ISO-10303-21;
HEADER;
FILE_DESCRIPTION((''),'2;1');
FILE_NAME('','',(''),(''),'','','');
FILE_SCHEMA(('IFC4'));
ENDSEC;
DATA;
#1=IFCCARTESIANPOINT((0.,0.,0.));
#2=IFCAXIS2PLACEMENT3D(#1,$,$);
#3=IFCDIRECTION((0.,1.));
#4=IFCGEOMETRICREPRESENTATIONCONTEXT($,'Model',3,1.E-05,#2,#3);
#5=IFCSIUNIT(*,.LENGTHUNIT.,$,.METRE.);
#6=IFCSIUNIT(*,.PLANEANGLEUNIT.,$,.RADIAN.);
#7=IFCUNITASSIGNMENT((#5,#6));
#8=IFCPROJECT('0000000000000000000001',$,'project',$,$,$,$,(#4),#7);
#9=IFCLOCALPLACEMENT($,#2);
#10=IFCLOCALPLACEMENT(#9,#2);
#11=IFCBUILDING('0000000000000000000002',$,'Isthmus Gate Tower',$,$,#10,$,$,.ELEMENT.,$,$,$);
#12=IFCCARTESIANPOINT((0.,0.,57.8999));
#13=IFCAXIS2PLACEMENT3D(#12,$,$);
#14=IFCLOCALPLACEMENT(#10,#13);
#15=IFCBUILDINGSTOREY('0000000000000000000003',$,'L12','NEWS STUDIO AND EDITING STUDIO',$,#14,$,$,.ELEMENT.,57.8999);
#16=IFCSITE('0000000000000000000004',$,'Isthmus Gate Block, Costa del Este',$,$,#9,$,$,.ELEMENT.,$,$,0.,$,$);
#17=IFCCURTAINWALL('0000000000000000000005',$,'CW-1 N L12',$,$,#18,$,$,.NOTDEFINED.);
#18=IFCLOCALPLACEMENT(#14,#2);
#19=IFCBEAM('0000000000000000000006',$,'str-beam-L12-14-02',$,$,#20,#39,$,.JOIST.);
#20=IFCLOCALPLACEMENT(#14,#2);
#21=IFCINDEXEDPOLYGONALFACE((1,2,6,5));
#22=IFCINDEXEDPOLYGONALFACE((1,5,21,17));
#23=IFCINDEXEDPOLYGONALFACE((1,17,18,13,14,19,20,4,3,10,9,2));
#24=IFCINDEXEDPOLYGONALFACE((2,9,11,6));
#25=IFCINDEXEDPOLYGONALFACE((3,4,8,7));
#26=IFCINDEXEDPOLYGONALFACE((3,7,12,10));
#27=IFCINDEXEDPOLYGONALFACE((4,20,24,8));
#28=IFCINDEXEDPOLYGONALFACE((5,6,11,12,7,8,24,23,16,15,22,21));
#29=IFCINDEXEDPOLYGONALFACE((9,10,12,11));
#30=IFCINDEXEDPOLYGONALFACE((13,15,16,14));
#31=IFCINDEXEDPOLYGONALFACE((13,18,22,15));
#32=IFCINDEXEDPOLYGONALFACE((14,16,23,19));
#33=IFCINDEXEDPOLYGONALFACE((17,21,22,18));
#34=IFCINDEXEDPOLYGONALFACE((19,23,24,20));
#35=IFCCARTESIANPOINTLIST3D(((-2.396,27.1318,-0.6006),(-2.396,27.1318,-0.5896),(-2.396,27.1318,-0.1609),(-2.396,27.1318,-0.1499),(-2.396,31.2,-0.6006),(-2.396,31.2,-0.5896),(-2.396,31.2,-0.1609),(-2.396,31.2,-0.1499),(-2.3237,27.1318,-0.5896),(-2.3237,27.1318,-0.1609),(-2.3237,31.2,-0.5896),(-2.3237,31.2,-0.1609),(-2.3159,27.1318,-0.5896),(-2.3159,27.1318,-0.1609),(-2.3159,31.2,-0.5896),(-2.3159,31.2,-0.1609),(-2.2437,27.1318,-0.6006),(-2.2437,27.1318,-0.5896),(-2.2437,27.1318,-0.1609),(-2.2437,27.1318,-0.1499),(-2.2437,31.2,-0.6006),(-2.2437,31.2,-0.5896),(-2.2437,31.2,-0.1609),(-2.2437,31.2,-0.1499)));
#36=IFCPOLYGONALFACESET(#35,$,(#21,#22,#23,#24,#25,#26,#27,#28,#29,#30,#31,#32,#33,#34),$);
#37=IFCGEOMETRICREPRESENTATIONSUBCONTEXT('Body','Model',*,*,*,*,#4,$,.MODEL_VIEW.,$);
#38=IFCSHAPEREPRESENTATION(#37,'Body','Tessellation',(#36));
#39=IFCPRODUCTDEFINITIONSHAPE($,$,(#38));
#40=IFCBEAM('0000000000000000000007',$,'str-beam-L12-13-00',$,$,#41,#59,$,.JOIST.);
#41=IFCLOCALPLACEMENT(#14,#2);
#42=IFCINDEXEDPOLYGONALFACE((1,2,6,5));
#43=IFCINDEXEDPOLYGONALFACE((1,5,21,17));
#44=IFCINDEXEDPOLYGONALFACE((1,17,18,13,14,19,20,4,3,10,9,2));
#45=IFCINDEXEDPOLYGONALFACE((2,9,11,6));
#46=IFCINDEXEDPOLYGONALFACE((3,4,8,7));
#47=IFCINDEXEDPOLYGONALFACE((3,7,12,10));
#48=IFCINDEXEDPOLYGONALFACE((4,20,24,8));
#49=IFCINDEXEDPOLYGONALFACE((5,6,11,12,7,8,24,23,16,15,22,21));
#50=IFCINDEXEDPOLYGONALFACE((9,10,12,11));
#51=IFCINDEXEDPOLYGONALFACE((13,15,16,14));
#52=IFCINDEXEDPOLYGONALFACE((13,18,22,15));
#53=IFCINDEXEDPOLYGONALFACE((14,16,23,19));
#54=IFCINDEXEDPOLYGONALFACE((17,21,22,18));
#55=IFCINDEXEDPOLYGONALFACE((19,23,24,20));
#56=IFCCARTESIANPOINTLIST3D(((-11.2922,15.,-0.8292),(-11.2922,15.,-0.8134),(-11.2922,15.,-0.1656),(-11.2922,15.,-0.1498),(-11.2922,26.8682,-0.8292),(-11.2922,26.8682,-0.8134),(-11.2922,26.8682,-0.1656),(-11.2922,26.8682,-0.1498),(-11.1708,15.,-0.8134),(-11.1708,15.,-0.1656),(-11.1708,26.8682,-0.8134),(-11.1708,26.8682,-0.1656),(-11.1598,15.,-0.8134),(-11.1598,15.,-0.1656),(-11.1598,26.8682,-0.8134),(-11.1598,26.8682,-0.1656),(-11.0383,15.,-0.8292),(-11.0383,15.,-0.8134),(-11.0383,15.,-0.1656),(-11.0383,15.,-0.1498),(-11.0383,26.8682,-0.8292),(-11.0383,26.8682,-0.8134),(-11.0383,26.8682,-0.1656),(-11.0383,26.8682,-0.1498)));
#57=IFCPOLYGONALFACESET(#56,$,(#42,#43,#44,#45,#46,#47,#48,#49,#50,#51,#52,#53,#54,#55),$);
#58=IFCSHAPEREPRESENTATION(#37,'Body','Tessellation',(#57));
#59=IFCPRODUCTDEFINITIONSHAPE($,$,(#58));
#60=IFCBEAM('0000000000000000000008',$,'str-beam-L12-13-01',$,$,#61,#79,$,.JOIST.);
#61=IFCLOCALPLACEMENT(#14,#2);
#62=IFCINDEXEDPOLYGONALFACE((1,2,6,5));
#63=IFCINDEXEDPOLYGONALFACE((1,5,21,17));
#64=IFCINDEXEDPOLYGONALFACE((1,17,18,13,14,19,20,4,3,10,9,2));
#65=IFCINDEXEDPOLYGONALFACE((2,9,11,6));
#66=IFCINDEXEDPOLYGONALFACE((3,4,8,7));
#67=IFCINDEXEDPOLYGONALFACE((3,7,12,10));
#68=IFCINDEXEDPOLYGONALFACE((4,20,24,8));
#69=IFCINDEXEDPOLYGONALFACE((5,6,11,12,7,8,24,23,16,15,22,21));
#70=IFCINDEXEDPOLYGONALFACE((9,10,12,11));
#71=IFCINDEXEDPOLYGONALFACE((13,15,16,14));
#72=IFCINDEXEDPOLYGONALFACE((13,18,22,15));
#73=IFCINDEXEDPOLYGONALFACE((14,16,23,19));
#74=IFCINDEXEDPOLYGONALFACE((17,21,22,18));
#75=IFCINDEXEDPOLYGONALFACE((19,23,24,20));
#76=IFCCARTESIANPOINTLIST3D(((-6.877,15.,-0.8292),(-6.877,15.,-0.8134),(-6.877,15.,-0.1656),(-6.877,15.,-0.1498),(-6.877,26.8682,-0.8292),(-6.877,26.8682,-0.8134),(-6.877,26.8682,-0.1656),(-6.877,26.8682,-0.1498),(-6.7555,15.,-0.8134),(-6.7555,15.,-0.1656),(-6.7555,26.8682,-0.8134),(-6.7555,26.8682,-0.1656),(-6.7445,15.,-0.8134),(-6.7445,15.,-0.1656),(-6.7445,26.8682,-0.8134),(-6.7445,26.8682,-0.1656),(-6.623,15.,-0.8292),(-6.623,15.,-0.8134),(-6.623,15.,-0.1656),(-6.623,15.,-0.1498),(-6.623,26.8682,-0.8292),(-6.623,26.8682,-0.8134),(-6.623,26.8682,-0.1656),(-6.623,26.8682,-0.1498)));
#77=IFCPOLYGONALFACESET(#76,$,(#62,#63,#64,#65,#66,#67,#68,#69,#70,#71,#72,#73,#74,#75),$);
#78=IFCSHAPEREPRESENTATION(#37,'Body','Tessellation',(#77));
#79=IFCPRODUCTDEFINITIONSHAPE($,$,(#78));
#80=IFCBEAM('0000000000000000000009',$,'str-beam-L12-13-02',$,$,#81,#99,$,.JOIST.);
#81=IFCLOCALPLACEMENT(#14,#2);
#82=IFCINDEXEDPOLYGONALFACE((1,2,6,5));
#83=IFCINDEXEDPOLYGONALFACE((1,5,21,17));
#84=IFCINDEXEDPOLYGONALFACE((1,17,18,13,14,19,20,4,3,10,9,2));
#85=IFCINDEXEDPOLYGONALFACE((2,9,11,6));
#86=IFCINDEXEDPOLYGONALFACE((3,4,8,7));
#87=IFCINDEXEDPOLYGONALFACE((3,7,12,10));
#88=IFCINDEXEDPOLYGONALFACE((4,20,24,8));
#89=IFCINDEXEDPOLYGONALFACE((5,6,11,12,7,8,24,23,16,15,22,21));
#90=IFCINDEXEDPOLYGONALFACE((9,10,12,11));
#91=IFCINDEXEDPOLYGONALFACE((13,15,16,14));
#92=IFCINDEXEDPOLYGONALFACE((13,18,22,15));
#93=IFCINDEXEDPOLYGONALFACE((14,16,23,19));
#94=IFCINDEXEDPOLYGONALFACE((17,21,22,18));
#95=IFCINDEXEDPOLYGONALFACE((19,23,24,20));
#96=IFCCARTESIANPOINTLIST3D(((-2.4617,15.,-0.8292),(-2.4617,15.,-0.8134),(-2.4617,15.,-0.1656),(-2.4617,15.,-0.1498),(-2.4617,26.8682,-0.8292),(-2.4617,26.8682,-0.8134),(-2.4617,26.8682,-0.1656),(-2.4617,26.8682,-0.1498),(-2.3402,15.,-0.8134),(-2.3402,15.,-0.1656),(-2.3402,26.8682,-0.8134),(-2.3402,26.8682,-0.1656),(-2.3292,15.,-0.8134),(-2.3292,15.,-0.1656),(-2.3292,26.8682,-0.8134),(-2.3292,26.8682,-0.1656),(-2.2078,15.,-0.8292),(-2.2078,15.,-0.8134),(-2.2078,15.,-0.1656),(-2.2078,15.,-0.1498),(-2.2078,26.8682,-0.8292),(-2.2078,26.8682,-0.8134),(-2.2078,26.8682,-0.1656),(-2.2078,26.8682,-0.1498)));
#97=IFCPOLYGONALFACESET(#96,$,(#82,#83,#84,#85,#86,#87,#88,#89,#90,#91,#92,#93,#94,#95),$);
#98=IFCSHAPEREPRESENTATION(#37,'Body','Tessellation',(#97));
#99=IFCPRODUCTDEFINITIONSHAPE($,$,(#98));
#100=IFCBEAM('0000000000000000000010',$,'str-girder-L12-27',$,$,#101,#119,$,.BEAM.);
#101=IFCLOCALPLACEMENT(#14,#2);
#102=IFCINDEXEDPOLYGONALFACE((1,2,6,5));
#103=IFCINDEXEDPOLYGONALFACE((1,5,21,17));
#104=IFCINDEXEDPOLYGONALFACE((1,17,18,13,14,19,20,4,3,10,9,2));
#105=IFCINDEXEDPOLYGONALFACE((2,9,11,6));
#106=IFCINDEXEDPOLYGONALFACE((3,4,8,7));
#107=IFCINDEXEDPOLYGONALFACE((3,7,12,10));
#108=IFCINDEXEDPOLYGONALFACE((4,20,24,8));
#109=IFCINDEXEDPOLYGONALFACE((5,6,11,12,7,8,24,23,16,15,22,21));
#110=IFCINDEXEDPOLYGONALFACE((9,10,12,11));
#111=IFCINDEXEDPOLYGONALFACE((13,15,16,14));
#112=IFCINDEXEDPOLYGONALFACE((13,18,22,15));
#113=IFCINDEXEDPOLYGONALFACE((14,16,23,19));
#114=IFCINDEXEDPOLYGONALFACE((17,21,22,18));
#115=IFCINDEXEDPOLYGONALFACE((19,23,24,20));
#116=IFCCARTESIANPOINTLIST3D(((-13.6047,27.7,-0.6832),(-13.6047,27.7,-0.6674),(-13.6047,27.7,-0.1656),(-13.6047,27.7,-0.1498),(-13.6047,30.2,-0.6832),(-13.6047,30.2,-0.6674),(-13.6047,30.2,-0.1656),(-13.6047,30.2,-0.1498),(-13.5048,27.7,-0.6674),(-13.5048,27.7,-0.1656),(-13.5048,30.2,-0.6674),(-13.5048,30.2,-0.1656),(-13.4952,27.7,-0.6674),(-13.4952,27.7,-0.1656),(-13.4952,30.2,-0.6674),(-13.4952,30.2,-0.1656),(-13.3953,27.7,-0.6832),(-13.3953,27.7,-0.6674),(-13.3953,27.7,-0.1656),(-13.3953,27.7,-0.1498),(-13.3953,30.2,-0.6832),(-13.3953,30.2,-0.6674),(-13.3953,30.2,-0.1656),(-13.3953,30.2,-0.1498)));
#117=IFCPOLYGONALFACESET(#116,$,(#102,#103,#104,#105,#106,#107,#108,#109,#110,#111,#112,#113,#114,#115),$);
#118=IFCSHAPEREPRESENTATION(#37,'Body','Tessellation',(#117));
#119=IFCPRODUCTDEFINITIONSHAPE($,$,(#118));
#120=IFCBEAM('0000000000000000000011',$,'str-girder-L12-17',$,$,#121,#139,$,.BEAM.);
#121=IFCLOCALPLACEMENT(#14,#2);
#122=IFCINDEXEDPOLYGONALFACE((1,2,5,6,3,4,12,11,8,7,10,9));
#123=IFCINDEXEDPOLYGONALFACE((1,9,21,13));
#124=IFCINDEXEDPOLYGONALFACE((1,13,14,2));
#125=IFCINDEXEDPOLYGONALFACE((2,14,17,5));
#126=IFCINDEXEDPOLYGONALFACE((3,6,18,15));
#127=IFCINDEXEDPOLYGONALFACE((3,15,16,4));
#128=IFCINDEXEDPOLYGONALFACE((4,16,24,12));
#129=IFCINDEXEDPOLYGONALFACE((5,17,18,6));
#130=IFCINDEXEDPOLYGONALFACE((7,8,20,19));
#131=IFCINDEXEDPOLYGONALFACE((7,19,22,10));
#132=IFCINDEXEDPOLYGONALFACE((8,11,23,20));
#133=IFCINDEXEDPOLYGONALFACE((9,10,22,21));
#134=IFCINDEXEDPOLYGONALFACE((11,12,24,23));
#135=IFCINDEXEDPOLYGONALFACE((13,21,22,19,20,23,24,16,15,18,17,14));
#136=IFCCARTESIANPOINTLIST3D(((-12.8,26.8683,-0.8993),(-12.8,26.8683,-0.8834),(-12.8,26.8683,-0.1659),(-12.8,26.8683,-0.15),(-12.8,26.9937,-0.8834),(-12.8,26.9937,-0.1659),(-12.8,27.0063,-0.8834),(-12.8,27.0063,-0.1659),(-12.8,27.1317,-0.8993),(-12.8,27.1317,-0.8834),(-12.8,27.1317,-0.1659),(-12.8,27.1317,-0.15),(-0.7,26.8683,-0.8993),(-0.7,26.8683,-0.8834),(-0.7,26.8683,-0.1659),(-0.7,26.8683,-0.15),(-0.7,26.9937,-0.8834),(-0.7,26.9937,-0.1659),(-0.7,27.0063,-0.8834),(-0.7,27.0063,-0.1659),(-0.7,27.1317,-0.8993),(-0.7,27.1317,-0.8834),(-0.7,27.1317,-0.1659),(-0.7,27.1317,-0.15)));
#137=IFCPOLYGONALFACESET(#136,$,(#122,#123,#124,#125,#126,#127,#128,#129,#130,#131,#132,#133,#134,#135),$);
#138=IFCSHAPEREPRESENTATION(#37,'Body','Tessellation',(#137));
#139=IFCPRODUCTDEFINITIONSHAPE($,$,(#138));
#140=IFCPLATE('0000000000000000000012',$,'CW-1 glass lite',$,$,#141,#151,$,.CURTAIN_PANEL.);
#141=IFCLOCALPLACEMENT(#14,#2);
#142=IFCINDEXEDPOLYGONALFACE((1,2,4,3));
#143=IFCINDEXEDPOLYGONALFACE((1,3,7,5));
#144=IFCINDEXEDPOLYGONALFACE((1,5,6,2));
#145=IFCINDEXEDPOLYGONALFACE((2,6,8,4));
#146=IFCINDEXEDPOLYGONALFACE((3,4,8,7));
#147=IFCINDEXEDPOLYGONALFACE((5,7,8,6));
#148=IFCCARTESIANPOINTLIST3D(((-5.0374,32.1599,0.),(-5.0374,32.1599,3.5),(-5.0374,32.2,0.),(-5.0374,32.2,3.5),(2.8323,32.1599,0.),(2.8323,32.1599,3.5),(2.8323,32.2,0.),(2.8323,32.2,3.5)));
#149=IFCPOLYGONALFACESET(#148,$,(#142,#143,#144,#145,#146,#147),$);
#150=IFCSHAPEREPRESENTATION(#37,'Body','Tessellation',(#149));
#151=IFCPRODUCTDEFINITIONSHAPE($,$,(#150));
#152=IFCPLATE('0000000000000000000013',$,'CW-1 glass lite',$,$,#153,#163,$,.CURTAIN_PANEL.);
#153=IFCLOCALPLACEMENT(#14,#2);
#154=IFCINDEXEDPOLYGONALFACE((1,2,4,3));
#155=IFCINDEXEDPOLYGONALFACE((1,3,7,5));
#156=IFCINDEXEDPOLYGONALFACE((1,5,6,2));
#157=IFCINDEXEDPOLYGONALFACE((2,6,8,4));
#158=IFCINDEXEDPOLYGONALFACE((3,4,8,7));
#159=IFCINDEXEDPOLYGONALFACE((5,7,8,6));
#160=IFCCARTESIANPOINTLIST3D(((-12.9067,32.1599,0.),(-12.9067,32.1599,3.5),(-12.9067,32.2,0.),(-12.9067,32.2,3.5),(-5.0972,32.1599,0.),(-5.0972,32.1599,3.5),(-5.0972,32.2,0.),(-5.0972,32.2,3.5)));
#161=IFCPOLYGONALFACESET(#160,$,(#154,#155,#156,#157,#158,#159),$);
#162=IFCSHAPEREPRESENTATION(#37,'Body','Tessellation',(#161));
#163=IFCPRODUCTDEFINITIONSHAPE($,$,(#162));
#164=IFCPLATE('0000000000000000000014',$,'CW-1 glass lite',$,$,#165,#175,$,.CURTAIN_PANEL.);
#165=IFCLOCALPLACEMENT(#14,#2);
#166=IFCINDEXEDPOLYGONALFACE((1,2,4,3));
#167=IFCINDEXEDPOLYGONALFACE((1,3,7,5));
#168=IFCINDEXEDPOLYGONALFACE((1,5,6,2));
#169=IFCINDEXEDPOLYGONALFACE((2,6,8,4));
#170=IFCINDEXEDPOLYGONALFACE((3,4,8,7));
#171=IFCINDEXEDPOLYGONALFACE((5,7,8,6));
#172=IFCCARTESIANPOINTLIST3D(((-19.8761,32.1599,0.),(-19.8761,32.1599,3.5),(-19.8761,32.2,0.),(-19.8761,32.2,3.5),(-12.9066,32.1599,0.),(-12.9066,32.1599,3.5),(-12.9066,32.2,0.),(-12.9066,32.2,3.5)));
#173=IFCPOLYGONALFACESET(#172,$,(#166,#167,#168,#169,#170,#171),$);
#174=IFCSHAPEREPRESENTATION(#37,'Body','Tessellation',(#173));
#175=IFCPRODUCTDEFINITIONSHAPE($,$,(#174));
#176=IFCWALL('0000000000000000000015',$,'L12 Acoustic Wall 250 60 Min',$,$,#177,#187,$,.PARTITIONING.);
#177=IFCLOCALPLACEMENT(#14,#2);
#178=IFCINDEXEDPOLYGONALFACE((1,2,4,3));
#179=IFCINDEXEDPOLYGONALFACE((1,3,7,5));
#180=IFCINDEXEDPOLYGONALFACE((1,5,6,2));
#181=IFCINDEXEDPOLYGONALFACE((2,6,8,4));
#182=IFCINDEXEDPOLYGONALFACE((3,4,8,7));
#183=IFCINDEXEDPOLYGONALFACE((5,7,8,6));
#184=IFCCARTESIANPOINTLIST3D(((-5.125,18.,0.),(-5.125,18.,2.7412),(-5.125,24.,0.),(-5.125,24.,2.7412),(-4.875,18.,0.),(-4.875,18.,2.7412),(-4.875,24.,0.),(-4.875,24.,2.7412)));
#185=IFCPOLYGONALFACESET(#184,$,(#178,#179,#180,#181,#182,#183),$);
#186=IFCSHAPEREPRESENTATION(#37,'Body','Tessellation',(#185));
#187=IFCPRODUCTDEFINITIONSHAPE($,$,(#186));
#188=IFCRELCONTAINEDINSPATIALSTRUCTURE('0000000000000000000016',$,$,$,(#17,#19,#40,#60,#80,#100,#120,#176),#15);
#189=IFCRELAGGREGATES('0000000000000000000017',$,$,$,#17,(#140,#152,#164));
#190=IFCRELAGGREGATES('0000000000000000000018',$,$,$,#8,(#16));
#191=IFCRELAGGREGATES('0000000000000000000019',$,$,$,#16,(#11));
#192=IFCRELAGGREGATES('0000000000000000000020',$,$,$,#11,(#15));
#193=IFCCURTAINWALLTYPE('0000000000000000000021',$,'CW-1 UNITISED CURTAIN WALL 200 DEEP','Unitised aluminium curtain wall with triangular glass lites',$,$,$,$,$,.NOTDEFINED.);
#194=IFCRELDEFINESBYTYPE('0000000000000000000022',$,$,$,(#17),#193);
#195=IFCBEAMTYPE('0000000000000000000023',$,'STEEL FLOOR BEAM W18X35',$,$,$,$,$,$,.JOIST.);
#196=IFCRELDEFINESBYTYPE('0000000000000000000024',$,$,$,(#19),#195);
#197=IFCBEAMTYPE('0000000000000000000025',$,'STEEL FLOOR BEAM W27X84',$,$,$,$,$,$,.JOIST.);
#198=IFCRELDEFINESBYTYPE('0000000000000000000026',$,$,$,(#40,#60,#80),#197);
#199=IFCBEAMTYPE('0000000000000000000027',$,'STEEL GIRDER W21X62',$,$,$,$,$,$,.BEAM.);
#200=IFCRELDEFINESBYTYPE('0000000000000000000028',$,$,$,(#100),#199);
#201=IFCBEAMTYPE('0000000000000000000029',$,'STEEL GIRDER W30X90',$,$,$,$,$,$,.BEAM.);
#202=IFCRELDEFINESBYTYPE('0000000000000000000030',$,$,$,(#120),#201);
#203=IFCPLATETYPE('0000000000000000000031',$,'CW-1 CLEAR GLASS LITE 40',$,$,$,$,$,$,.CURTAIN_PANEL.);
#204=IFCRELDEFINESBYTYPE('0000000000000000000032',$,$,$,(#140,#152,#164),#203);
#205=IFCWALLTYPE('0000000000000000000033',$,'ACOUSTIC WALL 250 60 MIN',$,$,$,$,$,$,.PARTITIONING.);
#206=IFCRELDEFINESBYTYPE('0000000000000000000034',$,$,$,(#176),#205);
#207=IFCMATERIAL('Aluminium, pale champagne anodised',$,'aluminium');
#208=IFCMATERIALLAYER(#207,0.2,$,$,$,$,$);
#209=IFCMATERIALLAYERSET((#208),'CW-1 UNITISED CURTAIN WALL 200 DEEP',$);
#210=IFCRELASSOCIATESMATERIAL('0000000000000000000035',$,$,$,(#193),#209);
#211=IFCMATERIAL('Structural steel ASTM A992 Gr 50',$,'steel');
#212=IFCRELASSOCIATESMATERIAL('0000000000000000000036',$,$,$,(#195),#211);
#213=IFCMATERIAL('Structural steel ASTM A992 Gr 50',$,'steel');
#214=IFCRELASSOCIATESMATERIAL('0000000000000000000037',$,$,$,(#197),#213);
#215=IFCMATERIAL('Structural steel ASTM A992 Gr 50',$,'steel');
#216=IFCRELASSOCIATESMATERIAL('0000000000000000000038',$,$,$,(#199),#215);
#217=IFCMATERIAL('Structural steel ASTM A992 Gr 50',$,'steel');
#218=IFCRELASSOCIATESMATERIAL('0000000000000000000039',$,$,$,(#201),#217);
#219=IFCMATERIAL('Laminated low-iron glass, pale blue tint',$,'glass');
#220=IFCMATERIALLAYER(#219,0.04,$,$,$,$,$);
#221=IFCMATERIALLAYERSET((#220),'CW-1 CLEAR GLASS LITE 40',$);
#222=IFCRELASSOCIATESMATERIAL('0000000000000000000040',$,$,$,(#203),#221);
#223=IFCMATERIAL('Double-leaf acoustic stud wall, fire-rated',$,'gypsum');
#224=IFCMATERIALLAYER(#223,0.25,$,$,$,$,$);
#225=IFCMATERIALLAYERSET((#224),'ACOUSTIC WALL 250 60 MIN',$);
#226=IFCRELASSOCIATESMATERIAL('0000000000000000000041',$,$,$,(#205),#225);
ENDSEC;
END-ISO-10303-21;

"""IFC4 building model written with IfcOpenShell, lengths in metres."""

from ifc_helpers import new_model, si_unit, direction, frame, frame_2d, origin, origin_2d, place, context, subcontext, project, spatial, rectangle, i_section, extrude, material, layer, layer_set, material_profile, profile_set, type_object, element, aggregate, save


model = new_model("IFC4")

# Units and contexts
model_context = context("Model", 3, precision=1e-05, world=origin(), true_north=direction((0.0, 1.0)))
body_context = subcontext(model_context, "Body", "Model", "MODEL_VIEW")
ifc_project = project(units=[si_unit("LENGTHUNIT", "METRE"), si_unit("PLANEANGLEUNIT", "RADIAN")], contexts=[model_context])

# Site, building, storey
site_placement = place(None, origin())
site = spatial("IfcSite", under=ifc_project, at=site_placement, Name="Isthmus Gate Block, Costa del Este", CompositionType="ELEMENT", RefElevation=0.0)
building_placement = place(site_placement, origin())
building = spatial("IfcBuilding", under=site, at=building_placement, Name="Isthmus Gate Tower", CompositionType="ELEMENT")
storey_placement = place(building_placement, frame((0.0, 0.0, 57.8999)))
storey = spatial("IfcBuildingStorey", under=building, at=storey_placement, Name="L12", Description="NEWS STUDIO AND EDITING STUDIO", CompositionType="ELEMENT", Elevation=57.8999)

# Curtain wall
ifc_material_1 = material(Name="Aluminium, pale champagne anodised", Category="aluminium")
ifc_layer_1 = layer(ifc_material_1, 0.2)
ifc_layer_set_1 = layer_set([ifc_layer_1], Name="CW-1 UNITISED CURTAIN WALL 200 DEEP")
curtain_wall_type = type_object("IfcCurtainWallType", Name="CW-1 UNITISED CURTAIN WALL 200 DEEP", Description="Unitised aluminium curtain wall with triangular glass lites", PredefinedType="NOTDEFINED", material=ifc_layer_set_1)
curtain_wall_placement = place(storey_placement, origin())
curtain_wall = element("IfcCurtainWall", 1, at=curtain_wall_placement, inside=storey, type_object=curtain_wall_type, Name="CW-1 N L12", PredefinedType="NOTDEFINED")

# Beams
ifc_material_2 = material(Name="Structural steel ASTM A992 Gr 50", Category="steel")
ifc_material_profile_1 = material_profile(ifc_material_2, i_section(OverallWidth=0.1523, OverallDepth=0.4507, WebThickness=0.0078, FlangeThickness=0.011, at=origin_2d()), Name="W18X35")
ifc_profile_set_1 = profile_set([ifc_material_profile_1], Name="Structural steel ASTM A992 Gr 50")
beam_type_1 = type_object("IfcBeamType", Name="STEEL FLOOR BEAM W18X35", PredefinedType="JOIST", material=ifc_profile_set_1)
for number, where, z_axis, x_axis, name in (
    (2, (-2.3198, 27.1318, -0.3752), (0.0, 1.0, 0.0), (-1.0, 0.0, 0.0), "str-beam-L12-14-02"),
):
    element("IfcBeam", number, at=place(storey_placement, frame(where, z_axis=z_axis, x_axis=x_axis)), inside=storey, type_object=beam_type_1, Name=name, PredefinedType="JOIST", context=body_context, shape_type="SweptSolid", body=[
        extrude(i_section(OverallWidth=0.1523, OverallDepth=0.4507, WebThickness=0.0078, FlangeThickness=0.011, at=origin_2d()), origin(), (0.0, 0.0, 1.0), 4.0681),
    ])
ifc_material_3 = material(Name="Structural steel ASTM A992 Gr 50", Category="steel")
ifc_material_profile_2 = material_profile(ifc_material_3, i_section(OverallWidth=0.2539, OverallDepth=0.6794, WebThickness=0.011, FlangeThickness=0.0159, at=origin_2d()), Name="W27X84")
ifc_profile_set_2 = profile_set([ifc_material_profile_2], Name="Structural steel ASTM A992 Gr 50")
beam_type_2 = type_object("IfcBeamType", Name="STEEL FLOOR BEAM W27X84", PredefinedType="JOIST", material=ifc_profile_set_2)
for number, where, z_axis, x_axis, name in (
    (3, (-11.1653, 15.0, -0.4895), (0.0, 1.0, 0.0), (-1.0, 0.0, 0.0), "str-beam-L12-13-00"),
    (4, (-6.75, 15.0, -0.4895), (0.0, 1.0, 0.0), (-1.0, 0.0, 0.0), "str-beam-L12-13-01"),
    (5, (-2.3347, 15.0, -0.4895), (0.0, 1.0, 0.0), (-1.0, 0.0, 0.0), "str-beam-L12-13-02"),
):
    element("IfcBeam", number, at=place(storey_placement, frame(where, z_axis=z_axis, x_axis=x_axis)), inside=storey, type_object=beam_type_2, Name=name, PredefinedType="JOIST", context=body_context, shape_type="SweptSolid", body=[
        extrude(i_section(OverallWidth=0.2539, OverallDepth=0.6794, WebThickness=0.011, FlangeThickness=0.0159, at=origin_2d()), origin(), (0.0, 0.0, 1.0), 11.8682),
    ])
ifc_material_4 = material(Name="Structural steel ASTM A992 Gr 50", Category="steel")
ifc_material_profile_3 = material_profile(ifc_material_4, i_section(OverallWidth=0.2095, OverallDepth=0.5334, WebThickness=0.0095, FlangeThickness=0.0159, at=origin_2d()), Name="W21X62")
ifc_profile_set_3 = profile_set([ifc_material_profile_3], Name="Structural steel ASTM A992 Gr 50")
beam_type_3 = type_object("IfcBeamType", Name="STEEL GIRDER W21X62", PredefinedType="BEAM", material=ifc_profile_set_3)
beam_1_placement = place(storey_placement, frame((-13.5, 27.7, -0.4165), z_axis=(0.0, 1.0, 0.0), x_axis=(-1.0, 0.0, 0.0)))
element("IfcBeam", 6, at=beam_1_placement, inside=storey, type_object=beam_type_3, Name="str-girder-L12-27", PredefinedType="BEAM", context=body_context, shape_type="SweptSolid", body=[
    extrude(i_section(OverallWidth=0.2095, OverallDepth=0.5334, WebThickness=0.0095, FlangeThickness=0.0159, at=origin_2d()), origin(), (0.0, 0.0, 1.0), 2.5),
])
ifc_material_5 = material(Name="Structural steel ASTM A992 Gr 50", Category="steel")
ifc_material_profile_4 = material_profile(ifc_material_5, i_section(OverallWidth=0.2634, OverallDepth=0.7493, WebThickness=0.0127, FlangeThickness=0.0159, at=origin_2d()), Name="W30X90")
ifc_profile_set_4 = profile_set([ifc_material_profile_4], Name="Structural steel ASTM A992 Gr 50")
beam_type_4 = type_object("IfcBeamType", Name="STEEL GIRDER W30X90", PredefinedType="BEAM", material=ifc_profile_set_4)
beam_2_placement = place(storey_placement, frame((-12.8, 27.0, -0.5247), z_axis=(1.0, 0.0, 0.0), x_axis=(0.0, 1.0, 0.0)))
element("IfcBeam", 7, at=beam_2_placement, inside=storey, type_object=beam_type_4, Name="str-girder-L12-17", PredefinedType="BEAM", context=body_context, shape_type="SweptSolid", body=[
    extrude(i_section(OverallWidth=0.2634, OverallDepth=0.7493, WebThickness=0.0127, FlangeThickness=0.0159, at=origin_2d()), origin(), (0.0, 0.0, 1.0), 12.1001),
])

# Plates
ifc_material_6 = material(Name="Laminated low-iron glass, pale blue tint", Category="glass")
ifc_layer_2 = layer(ifc_material_6, 0.04)
ifc_layer_set_2 = layer_set([ifc_layer_2], Name="CW-1 CLEAR GLASS LITE 40")
plate_type = type_object("IfcPlateType", Name="CW-1 CLEAR GLASS LITE 40", PredefinedType="CURTAIN_PANEL", material=ifc_layer_set_2)
plate_1_placement = place(storey_placement, frame((-1.1025, 32.1799, 0.0), z_axis=(0.0, 0.0, 1.0), x_axis=(-1.0, 0.0, 0.0)))
plate_1 = element("IfcPlate", 8, at=plate_1_placement, type_object=plate_type, Name="CW-1 glass lite", PredefinedType="CURTAIN_PANEL", context=body_context, shape_type="SweptSolid", body=[
    extrude(rectangle(XDim=7.8696, YDim=0.04, at=origin_2d()), origin(), (0.0, 0.0, 1.0), 3.5),
])
plate_2_placement = place(storey_placement, frame((-9.002, 32.1799, 0.0), z_axis=(0.0, 0.0, 1.0), x_axis=(-1.0, 0.0, 0.0)))
plate_2 = element("IfcPlate", 9, at=plate_2_placement, type_object=plate_type, Name="CW-1 glass lite", PredefinedType="CURTAIN_PANEL", context=body_context, shape_type="SweptSolid", body=[
    extrude(rectangle(XDim=7.8096, YDim=0.04, at=origin_2d()), origin(), (0.0, 0.0, 1.0), 3.5),
])
plate_3_placement = place(storey_placement, frame((-16.3914, 32.1799, 0.0), z_axis=(0.0, 0.0, 1.0), x_axis=(-1.0, 0.0, 0.0)))
plate_3 = element("IfcPlate", 10, at=plate_3_placement, type_object=plate_type, Name="CW-1 glass lite", PredefinedType="CURTAIN_PANEL", context=body_context, shape_type="SweptSolid", body=[
    extrude(rectangle(XDim=6.9695, YDim=0.04, at=origin_2d()), origin(), (0.0, 0.0, 1.0), 3.5),
])
aggregate(curtain_wall, [plate_1, plate_2, plate_3])

# Wall
ifc_material_7 = material(Name="Double-leaf acoustic stud wall, fire-rated", Category="gypsum")
ifc_layer_3 = layer(ifc_material_7, 0.25)
ifc_layer_set_3 = layer_set([ifc_layer_3], Name="ACOUSTIC WALL 250 60 MIN")
wall_type_1 = type_object("IfcWallType", Name="ACOUSTIC WALL 250 60 MIN", PredefinedType="PARTITIONING", material=ifc_layer_set_3)
wall_1_placement = place(storey_placement, frame((-5.0, 24.0, 0.0), z_axis=(0.0, 0.0, 1.0), x_axis=(0.0, -1.0, 0.0)))
element("IfcWall", 11, at=wall_1_placement, inside=storey, type_object=wall_type_1, Name="L12 Acoustic Wall 250 60 Min", PredefinedType="PARTITIONING", context=body_context, shape_type="SweptSolid", body=[
    extrude(rectangle(XDim=6.0, YDim=0.25, at=frame_2d((3.0, 0.0))), origin(), (0.0, 0.0, 1.0), 2.7412),
])

save(model, "model.ifc")
